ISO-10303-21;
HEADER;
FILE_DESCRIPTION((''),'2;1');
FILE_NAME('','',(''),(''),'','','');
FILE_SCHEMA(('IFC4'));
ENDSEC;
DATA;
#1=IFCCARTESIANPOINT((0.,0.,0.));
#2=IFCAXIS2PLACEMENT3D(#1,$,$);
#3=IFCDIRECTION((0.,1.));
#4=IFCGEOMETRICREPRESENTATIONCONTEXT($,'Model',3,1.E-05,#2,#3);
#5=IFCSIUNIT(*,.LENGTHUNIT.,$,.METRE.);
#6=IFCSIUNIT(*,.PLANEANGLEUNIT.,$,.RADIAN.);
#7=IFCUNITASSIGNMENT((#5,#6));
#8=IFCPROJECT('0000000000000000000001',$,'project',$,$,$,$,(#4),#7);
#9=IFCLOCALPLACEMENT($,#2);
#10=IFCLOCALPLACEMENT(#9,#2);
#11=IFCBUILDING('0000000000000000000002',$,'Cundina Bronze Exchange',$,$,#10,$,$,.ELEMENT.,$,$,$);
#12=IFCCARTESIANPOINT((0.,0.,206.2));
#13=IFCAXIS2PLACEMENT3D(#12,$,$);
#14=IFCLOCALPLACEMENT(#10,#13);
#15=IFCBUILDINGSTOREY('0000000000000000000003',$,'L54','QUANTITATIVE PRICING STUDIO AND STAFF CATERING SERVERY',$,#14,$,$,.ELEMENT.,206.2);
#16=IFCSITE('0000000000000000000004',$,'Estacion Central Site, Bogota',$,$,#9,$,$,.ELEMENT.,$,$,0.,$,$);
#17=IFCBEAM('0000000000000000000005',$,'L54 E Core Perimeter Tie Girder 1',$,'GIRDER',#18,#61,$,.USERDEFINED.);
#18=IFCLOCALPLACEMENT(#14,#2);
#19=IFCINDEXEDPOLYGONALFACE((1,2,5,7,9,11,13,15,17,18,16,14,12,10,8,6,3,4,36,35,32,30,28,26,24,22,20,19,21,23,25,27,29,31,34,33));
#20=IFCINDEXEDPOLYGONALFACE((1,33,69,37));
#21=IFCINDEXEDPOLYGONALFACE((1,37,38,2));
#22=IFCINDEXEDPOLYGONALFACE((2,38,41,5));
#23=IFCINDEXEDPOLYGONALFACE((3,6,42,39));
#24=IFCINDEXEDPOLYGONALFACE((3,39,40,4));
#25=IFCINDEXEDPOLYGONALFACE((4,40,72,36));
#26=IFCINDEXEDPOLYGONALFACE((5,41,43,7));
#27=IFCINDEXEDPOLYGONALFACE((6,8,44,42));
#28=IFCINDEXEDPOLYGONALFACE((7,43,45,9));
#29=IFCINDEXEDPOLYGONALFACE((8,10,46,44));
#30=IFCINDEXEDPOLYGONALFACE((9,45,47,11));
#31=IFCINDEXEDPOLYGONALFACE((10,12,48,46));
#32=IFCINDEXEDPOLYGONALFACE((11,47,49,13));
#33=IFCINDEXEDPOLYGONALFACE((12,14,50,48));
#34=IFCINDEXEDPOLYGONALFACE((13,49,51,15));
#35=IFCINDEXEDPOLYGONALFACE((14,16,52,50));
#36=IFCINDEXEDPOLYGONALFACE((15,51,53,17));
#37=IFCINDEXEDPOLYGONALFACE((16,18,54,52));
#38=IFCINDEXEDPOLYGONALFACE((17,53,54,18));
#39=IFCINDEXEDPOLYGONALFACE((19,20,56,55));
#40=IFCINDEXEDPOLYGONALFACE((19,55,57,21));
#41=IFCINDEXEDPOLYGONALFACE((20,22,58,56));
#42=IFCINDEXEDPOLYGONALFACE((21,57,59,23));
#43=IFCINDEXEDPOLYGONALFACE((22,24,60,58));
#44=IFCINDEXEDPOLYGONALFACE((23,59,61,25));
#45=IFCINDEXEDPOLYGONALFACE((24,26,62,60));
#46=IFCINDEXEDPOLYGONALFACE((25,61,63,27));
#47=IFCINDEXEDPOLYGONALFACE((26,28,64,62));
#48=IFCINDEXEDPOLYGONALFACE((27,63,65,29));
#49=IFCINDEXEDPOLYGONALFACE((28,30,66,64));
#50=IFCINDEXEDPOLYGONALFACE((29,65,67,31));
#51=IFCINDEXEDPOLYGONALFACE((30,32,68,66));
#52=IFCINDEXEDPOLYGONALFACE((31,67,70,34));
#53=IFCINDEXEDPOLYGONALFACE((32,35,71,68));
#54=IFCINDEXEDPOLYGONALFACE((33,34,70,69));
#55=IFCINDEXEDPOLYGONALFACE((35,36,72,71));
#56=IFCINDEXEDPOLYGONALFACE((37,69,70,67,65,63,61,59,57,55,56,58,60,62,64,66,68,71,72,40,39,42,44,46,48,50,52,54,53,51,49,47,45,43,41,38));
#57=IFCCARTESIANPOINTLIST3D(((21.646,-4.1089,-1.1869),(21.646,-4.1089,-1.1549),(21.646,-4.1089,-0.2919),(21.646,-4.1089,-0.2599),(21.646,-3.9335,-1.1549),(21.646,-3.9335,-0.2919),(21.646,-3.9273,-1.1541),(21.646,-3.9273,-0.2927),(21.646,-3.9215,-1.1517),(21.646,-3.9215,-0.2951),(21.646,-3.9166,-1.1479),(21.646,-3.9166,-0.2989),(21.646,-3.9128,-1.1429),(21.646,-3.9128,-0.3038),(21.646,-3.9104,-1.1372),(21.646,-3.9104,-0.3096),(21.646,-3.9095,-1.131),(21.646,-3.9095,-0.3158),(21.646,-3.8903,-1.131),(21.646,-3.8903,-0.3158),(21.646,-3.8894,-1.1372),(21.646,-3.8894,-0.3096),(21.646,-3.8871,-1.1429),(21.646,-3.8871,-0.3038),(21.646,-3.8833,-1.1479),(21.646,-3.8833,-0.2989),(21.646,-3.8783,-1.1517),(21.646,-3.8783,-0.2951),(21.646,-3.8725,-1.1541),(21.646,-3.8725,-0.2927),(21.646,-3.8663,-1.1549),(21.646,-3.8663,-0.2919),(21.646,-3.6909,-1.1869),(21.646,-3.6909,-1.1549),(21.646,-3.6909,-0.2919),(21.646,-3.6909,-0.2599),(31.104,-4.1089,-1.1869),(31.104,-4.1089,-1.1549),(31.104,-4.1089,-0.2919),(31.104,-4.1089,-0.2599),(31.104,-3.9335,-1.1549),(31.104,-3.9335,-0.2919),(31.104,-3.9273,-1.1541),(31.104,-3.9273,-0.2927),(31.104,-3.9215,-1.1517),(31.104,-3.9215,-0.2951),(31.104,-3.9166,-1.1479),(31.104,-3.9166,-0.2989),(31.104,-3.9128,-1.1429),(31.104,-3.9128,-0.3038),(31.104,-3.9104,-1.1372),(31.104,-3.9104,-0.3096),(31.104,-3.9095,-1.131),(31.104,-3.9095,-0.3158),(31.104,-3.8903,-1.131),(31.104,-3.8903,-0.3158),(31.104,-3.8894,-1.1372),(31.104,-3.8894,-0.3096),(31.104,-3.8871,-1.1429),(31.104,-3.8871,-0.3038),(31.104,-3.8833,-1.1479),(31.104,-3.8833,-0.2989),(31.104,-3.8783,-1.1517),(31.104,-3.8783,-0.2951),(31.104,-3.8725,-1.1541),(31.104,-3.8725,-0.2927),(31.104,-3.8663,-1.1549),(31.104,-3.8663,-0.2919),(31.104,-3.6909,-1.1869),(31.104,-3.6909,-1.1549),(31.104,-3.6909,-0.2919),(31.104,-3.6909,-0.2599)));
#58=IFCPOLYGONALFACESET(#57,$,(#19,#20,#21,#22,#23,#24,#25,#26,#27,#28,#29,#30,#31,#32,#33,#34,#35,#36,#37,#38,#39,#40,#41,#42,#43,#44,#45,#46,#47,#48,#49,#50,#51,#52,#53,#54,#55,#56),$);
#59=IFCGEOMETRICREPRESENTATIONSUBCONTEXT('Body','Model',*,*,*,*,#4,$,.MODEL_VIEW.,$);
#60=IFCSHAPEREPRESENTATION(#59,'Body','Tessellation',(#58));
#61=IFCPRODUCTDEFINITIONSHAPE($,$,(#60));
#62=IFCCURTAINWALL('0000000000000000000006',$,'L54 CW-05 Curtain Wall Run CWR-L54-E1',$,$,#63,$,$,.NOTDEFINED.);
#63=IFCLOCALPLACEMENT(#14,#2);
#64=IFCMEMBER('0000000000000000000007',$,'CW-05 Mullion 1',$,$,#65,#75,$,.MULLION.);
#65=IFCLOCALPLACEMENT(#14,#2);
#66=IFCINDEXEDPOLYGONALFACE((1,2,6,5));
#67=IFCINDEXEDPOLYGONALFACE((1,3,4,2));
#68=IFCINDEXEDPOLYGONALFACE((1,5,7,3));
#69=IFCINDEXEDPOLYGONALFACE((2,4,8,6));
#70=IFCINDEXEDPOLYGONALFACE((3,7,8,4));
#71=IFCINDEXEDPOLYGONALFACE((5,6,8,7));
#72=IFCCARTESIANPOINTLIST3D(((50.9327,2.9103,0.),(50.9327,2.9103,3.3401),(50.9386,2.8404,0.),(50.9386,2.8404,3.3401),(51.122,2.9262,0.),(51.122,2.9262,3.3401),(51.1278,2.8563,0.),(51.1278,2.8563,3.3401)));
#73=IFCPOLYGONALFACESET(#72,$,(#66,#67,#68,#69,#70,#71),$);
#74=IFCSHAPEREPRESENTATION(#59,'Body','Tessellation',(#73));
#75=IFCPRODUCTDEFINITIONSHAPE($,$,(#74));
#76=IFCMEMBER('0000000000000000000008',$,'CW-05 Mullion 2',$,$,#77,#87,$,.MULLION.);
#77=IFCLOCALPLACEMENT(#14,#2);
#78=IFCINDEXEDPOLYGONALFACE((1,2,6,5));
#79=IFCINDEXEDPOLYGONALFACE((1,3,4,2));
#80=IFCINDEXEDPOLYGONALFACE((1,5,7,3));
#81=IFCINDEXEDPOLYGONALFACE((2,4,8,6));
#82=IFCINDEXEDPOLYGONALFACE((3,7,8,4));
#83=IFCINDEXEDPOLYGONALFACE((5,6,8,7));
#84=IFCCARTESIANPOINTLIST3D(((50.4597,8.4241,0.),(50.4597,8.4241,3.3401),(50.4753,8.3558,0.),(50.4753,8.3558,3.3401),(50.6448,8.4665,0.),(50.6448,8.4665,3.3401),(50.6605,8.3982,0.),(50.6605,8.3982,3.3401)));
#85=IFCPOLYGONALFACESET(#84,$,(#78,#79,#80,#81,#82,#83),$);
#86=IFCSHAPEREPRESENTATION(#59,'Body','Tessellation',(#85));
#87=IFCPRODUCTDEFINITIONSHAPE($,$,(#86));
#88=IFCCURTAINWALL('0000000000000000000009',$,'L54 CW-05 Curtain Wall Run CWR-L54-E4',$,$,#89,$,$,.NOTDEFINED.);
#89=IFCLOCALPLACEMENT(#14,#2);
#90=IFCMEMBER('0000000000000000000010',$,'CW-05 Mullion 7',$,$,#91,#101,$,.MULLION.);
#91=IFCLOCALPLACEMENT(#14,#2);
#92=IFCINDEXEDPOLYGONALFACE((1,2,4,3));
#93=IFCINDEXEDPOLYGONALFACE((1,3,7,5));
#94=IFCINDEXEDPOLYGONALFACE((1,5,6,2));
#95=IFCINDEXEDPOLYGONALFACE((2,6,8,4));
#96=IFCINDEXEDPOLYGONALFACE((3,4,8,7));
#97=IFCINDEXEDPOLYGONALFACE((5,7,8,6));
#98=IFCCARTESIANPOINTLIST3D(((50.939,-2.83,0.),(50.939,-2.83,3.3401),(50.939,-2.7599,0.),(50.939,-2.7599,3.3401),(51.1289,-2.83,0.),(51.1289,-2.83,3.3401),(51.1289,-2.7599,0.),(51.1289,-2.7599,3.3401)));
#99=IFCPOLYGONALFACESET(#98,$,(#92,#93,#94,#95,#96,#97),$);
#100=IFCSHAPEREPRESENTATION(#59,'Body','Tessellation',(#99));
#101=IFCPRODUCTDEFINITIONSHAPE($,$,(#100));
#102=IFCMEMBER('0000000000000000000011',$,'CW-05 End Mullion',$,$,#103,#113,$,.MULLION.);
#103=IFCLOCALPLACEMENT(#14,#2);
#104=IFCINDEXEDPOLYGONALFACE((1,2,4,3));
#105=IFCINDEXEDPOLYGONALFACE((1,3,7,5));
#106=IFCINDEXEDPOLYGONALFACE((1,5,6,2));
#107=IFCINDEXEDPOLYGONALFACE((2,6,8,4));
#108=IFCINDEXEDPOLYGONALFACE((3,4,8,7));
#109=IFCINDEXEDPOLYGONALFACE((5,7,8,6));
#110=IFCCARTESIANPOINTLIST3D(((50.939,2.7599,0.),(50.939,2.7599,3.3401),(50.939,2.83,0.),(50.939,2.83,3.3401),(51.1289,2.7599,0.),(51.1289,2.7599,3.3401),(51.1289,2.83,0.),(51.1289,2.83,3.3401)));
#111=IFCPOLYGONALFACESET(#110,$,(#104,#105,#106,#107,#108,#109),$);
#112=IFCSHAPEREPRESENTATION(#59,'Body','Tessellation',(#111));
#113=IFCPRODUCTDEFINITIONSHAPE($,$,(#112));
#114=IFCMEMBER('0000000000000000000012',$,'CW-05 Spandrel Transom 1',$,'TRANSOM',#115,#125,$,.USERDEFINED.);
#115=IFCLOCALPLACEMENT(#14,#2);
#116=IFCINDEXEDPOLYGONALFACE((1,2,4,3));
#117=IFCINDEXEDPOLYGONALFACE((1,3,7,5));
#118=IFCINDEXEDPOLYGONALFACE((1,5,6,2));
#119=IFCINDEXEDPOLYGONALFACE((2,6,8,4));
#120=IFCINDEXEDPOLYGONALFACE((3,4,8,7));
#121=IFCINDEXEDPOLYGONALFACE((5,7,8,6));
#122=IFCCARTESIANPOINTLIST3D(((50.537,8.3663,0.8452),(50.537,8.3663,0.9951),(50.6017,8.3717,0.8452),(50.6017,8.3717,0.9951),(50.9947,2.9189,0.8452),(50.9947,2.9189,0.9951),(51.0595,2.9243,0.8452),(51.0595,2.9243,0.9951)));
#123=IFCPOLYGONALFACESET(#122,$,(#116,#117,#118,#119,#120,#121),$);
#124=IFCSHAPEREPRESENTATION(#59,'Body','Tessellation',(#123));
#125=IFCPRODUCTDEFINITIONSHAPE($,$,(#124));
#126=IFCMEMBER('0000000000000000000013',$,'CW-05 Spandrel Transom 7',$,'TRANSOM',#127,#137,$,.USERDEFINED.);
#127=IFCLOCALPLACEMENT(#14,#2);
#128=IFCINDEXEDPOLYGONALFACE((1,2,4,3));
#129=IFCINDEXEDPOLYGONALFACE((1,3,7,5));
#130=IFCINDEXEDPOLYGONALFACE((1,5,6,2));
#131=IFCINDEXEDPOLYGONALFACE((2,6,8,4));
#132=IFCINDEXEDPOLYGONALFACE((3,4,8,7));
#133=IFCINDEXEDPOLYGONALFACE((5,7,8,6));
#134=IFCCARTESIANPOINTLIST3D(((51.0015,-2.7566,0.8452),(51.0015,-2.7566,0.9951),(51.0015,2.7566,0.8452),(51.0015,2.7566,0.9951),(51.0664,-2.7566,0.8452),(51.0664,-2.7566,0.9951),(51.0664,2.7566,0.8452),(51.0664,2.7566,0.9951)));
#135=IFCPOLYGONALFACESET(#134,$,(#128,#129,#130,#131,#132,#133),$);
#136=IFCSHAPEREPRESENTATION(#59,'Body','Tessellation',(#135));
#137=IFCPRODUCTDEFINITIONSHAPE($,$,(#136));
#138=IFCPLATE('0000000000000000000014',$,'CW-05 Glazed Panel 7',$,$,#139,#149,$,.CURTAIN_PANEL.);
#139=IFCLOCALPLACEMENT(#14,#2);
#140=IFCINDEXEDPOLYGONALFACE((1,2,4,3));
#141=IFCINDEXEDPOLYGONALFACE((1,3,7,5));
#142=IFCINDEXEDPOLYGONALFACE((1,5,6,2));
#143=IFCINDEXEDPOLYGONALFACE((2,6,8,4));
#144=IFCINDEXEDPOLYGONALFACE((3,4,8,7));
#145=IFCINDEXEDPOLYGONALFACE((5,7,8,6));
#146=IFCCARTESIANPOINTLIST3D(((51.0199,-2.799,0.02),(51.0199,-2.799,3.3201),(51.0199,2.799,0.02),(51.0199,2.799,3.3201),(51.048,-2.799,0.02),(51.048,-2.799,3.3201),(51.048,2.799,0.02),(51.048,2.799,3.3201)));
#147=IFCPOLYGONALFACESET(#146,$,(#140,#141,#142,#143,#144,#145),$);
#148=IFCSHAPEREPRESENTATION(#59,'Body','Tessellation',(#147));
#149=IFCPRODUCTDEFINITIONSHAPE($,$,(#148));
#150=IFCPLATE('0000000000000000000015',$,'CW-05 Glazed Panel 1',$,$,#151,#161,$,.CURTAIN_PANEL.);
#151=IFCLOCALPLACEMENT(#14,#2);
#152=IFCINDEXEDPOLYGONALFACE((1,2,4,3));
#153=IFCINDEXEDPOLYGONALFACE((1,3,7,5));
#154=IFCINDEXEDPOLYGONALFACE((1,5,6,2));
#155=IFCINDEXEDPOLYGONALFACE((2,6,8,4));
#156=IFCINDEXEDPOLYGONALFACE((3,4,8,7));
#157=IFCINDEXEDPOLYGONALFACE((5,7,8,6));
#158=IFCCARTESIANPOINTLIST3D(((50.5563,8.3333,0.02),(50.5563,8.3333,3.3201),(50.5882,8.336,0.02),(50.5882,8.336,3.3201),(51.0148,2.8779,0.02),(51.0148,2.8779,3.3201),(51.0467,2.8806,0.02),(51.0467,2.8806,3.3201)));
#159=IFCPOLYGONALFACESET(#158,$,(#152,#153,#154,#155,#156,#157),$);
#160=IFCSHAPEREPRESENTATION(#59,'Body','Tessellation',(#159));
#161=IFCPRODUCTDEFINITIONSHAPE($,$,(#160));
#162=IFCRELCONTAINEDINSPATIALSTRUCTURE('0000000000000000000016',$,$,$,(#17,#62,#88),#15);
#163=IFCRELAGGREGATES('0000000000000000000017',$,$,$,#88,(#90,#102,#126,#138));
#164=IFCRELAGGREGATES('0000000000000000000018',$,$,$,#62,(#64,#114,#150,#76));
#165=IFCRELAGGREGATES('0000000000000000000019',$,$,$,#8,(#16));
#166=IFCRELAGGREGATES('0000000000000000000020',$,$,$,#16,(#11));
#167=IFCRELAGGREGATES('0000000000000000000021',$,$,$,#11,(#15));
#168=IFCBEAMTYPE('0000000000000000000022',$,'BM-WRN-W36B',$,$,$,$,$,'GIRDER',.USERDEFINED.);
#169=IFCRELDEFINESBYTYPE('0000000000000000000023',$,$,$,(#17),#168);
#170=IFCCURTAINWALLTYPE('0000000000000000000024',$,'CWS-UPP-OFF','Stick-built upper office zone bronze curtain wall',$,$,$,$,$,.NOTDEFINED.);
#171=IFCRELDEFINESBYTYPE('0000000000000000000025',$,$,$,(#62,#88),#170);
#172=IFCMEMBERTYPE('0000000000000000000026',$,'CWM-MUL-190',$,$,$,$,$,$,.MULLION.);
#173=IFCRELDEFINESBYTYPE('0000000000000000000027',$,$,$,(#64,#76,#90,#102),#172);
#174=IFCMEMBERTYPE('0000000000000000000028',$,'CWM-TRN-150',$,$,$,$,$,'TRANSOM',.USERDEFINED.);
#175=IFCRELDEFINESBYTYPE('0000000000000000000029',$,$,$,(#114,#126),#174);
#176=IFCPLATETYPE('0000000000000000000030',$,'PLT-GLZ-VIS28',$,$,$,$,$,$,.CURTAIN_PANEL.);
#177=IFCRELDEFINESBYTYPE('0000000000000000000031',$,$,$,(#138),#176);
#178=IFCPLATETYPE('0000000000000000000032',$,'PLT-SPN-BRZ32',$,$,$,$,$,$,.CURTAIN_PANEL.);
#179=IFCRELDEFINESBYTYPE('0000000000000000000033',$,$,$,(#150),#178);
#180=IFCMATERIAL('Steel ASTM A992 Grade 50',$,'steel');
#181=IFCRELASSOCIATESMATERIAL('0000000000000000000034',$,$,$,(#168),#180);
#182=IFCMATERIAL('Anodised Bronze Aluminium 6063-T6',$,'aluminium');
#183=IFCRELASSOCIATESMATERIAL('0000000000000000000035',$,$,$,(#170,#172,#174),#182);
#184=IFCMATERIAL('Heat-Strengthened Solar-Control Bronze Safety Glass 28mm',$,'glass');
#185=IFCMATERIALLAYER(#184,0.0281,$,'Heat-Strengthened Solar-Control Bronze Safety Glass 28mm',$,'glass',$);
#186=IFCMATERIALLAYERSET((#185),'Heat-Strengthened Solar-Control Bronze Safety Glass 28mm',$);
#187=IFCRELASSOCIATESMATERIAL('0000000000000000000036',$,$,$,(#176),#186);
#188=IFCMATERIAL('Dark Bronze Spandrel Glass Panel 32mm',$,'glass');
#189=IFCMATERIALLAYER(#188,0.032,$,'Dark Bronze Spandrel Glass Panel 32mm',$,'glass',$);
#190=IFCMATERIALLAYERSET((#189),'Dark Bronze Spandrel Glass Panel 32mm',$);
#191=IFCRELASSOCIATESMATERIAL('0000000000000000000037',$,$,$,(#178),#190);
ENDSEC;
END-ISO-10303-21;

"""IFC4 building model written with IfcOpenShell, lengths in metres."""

from ifc_helpers import new_model, si_unit, direction, frame, origin, origin_2d, place, context, subcontext, project, spatial, rectangle, i_section, extrude, material, layer, layer_set, material_profile, profile_set, type_object, element, aggregate, save


model = new_model("IFC4")

# Units and contexts
model_context = context("Model", 3, precision=1e-05, world=origin(), true_north=direction((0.0, 1.0)))
body_context = subcontext(model_context, "Body", "Model", "MODEL_VIEW")
ifc_project = project(units=[si_unit("LENGTHUNIT", "METRE"), si_unit("PLANEANGLEUNIT", "RADIAN")], contexts=[model_context])

# Site, building, storey
site_placement = place(None, origin())
site = spatial("IfcSite", under=ifc_project, at=site_placement, Name="Estacion Central Site, Bogota", CompositionType="ELEMENT", RefElevation=0.0)
building_placement = place(site_placement, origin())
building = spatial("IfcBuilding", under=site, at=building_placement, Name="Cundina Bronze Exchange", CompositionType="ELEMENT")
storey_placement = place(building_placement, frame((0.0, 0.0, 206.2)))
storey = spatial("IfcBuildingStorey", under=building, at=storey_placement, Name="L54", Description="QUANTITATIVE PRICING STUDIO AND STAFF CATERING SERVERY", CompositionType="ELEMENT", Elevation=206.2)

# Shared definitions
ifc_material_1 = material(Name="Steel ASTM A992 Grade 50", Category="steel")

# Beam
ifc_material_profile_1 = material_profile(ifc_material_1, i_section(OverallWidth=0.418, OverallDepth=0.927, WebThickness=0.0193, FlangeThickness=0.032, FilletRadius=0.0239, at=origin_2d()), Name="W36X231", Category="steel")
ifc_profile_set_1 = profile_set([ifc_material_profile_1], Name="Steel ASTM A992 Grade 50")
beam_type_1 = type_object("IfcBeamType", Name="BM-WRN-W36B", ElementType="GIRDER", PredefinedType="USERDEFINED", material=ifc_profile_set_1)
beam_1_placement = place(storey_placement, frame((31.104, -3.8999, -0.7234), z_axis=(-1.0, 0.0, 0.0), x_axis=(0.0, -1.0, 0.0)))
element("IfcBeam", 1, at=beam_1_placement, inside=storey, type_object=beam_type_1, Name="L54 E Core Perimeter Tie Girder 1", ObjectType="GIRDER", PredefinedType="USERDEFINED", context=body_context, shape_type="SweptSolid", body=[
    extrude(i_section(OverallWidth=0.418, OverallDepth=0.927, WebThickness=0.0193, FlangeThickness=0.032, FilletRadius=0.0239, at=origin_2d()), origin(), (0.0, 0.0, 1.0), 9.458),
])

# Curtain walls, members
ifc_material_2 = material(Name="Anodised Bronze Aluminium 6063-T6", Category="aluminium")
curtain_wall_type = type_object("IfcCurtainWallType", Name="CWS-UPP-OFF", Description="Stick-built upper office zone bronze curtain wall", PredefinedType="NOTDEFINED", material=ifc_material_2)
curtain_wall_1_placement = place(storey_placement, origin())
curtain_wall_1 = element("IfcCurtainWall", 2, at=curtain_wall_1_placement, inside=storey, type_object=curtain_wall_type, Name="L54 CW-05 Curtain Wall Run CWR-L54-E1", PredefinedType="NOTDEFINED")
ifc_material_profile_2 = material_profile(ifc_material_2, rectangle(XDim=0.0701, YDim=0.1899, at=origin_2d()), Name="AL70X190", Category="aluminium")
ifc_profile_set_2 = profile_set([ifc_material_profile_2], Name="Anodised Bronze Aluminium 6063-T6")
member_type_1 = type_object("IfcMemberType", Name="CWM-MUL-190", PredefinedType="MULLION", material=ifc_profile_set_2)
member_1_placement = place(storey_placement, frame((51.0303, 2.8833, 0.0), z_axis=(0.0, 0.0, 1.0), x_axis=(-0.083678, 0.996493, 0.0)))
member_1 = element("IfcMember", 3, at=member_1_placement, type_object=member_type_1, Name="CW-05 Mullion 1", PredefinedType="MULLION", context=body_context, shape_type="SweptSolid", body=[
    extrude(rectangle(XDim=0.0701, YDim=0.1899, at=origin_2d()), origin(), (0.0, 0.0, 1.0), 3.3401),
])
member_2_placement = place(storey_placement, frame((50.5601, 8.4111, 0.0), z_axis=(0.0, 0.0, 1.0), x_axis=(-0.22325, 0.974761, 0.0)))
member_2 = element("IfcMember", 4, at=member_2_placement, type_object=member_type_1, Name="CW-05 Mullion 2", PredefinedType="MULLION", context=body_context, shape_type="SweptSolid", body=[
    extrude(rectangle(XDim=0.0701, YDim=0.1899, at=origin_2d()), origin(), (0.0, 0.0, 1.0), 3.3401),
])
curtain_wall_2_placement = place(storey_placement, origin())
curtain_wall_2 = element("IfcCurtainWall", 5, at=curtain_wall_2_placement, inside=storey, type_object=curtain_wall_type, Name="L54 CW-05 Curtain Wall Run CWR-L54-E4", PredefinedType="NOTDEFINED")
member_3_placement = place(storey_placement, frame((51.0339, -2.7949, 0.0), z_axis=(0.0, 0.0, 1.0), x_axis=(0.0, 1.0, 0.0)))
member_3 = element("IfcMember", 6, at=member_3_placement, type_object=member_type_1, Name="CW-05 Mullion 7", PredefinedType="MULLION", context=body_context, shape_type="SweptSolid", body=[
    extrude(rectangle(XDim=0.0701, YDim=0.1899, at=origin_2d()), origin(), (0.0, 0.0, 1.0), 3.3401),
])
member_4_placement = place(storey_placement, frame((51.0339, 2.7949, 0.0), z_axis=(0.0, 0.0, 1.0), x_axis=(0.0, 1.0, 0.0)))
member_4 = element("IfcMember", 7, at=member_4_placement, type_object=member_type_1, Name="CW-05 End Mullion", PredefinedType="MULLION", context=body_context, shape_type="SweptSolid", body=[
    extrude(rectangle(XDim=0.0701, YDim=0.1899, at=origin_2d()), origin(), (0.0, 0.0, 1.0), 3.3401),
])

# Members
ifc_material_profile_3 = material_profile(ifc_material_2, rectangle(XDim=0.0649, YDim=0.1499, at=origin_2d()), Name="AL65X150", Category="aluminium")
ifc_profile_set_3 = profile_set([ifc_material_profile_3], Name="Anodised Bronze Aluminium 6063-T6")
member_type_2 = type_object("IfcMemberType", Name="CWM-TRN-150", ElementType="TRANSOM", PredefinedType="USERDEFINED", material=ifc_profile_set_3)
member_5_placement = place(storey_placement, frame((51.0271, 2.9216, 0.9202), z_axis=(-0.08374, 0.996488, 0.0), x_axis=(-0.996488, -0.08374, 0.0)))
member_5 = element("IfcMember", 8, at=member_5_placement, type_object=member_type_2, Name="CW-05 Spandrel Transom 1", ObjectType="TRANSOM", PredefinedType="USERDEFINED", context=body_context, shape_type="SweptSolid", body=[
    extrude(rectangle(XDim=0.0649, YDim=0.1499, at=origin_2d()), origin(), (0.0, 0.0, 1.0), 5.4666),
])
member_6_placement = place(storey_placement, frame((51.0339, -2.7566, 0.9202), z_axis=(0.0, 1.0, 0.0), x_axis=(-1.0, 0.0, 0.0)))
member_6 = element("IfcMember", 9, at=member_6_placement, type_object=member_type_2, Name="CW-05 Spandrel Transom 7", ObjectType="TRANSOM", PredefinedType="USERDEFINED", context=body_context, shape_type="SweptSolid", body=[
    extrude(rectangle(XDim=0.0649, YDim=0.1499, at=origin_2d()), origin(), (0.0, 0.0, 1.0), 5.5132),
])

# Plates
ifc_material_3 = material(Name="Heat-Strengthened Solar-Control Bronze Safety Glass 28mm", Category="glass")
ifc_layer_1 = layer(ifc_material_3, 0.0281, Name="Heat-Strengthened Solar-Control Bronze Safety Glass 28mm", Category="glass")
ifc_layer_set_1 = layer_set([ifc_layer_1], Name="Heat-Strengthened Solar-Control Bronze Safety Glass 28mm")
plate_type_1 = type_object("IfcPlateType", Name="PLT-GLZ-VIS28", PredefinedType="CURTAIN_PANEL", material=ifc_layer_set_1)
plate_1_placement = place(storey_placement, frame((51.0339, 0.0, 0.02), z_axis=(0.0, 0.0, 1.0), x_axis=(0.0, 1.0, 0.0)))
plate_1 = element("IfcPlate", 10, at=plate_1_placement, type_object=plate_type_1, Name="CW-05 Glazed Panel 7", PredefinedType="CURTAIN_PANEL", context=body_context, shape_type="SweptSolid", body=[
    extrude(rectangle(XDim=5.5979, YDim=0.0281, at=origin_2d()), origin(), (0.0, 0.0, 1.0), 3.3),
])
aggregate(curtain_wall_2, [member_3, member_4, member_6, plate_1])
ifc_material_4 = material(Name="Dark Bronze Spandrel Glass Panel 32mm", Category="glass")
ifc_layer_2 = layer(ifc_material_4, 0.032, Name="Dark Bronze Spandrel Glass Panel 32mm", Category="glass")
ifc_layer_set_2 = layer_set([ifc_layer_2], Name="Dark Bronze Spandrel Glass Panel 32mm")
plate_type_2 = type_object("IfcPlateType", Name="PLT-SPN-BRZ32", PredefinedType="CURTAIN_PANEL", material=ifc_layer_set_2)
plate_2_placement = place(storey_placement, frame((50.8015, 5.6069, 0.02), z_axis=(0.0, 0.0, 1.0), x_axis=(-0.083747, 0.996487, 0.0)))
plate_2 = element("IfcPlate", 11, at=plate_2_placement, type_object=plate_type_2, Name="CW-05 Glazed Panel 1", PredefinedType="CURTAIN_PANEL", context=body_context, shape_type="SweptSolid", body=[
    extrude(rectangle(XDim=5.4746, YDim=0.032, at=origin_2d()), origin(), (0.0, 0.0, 1.0), 3.3),
])
aggregate(curtain_wall_1, [member_1, member_5, plate_2, member_2])

save(model, "model.ifc")
